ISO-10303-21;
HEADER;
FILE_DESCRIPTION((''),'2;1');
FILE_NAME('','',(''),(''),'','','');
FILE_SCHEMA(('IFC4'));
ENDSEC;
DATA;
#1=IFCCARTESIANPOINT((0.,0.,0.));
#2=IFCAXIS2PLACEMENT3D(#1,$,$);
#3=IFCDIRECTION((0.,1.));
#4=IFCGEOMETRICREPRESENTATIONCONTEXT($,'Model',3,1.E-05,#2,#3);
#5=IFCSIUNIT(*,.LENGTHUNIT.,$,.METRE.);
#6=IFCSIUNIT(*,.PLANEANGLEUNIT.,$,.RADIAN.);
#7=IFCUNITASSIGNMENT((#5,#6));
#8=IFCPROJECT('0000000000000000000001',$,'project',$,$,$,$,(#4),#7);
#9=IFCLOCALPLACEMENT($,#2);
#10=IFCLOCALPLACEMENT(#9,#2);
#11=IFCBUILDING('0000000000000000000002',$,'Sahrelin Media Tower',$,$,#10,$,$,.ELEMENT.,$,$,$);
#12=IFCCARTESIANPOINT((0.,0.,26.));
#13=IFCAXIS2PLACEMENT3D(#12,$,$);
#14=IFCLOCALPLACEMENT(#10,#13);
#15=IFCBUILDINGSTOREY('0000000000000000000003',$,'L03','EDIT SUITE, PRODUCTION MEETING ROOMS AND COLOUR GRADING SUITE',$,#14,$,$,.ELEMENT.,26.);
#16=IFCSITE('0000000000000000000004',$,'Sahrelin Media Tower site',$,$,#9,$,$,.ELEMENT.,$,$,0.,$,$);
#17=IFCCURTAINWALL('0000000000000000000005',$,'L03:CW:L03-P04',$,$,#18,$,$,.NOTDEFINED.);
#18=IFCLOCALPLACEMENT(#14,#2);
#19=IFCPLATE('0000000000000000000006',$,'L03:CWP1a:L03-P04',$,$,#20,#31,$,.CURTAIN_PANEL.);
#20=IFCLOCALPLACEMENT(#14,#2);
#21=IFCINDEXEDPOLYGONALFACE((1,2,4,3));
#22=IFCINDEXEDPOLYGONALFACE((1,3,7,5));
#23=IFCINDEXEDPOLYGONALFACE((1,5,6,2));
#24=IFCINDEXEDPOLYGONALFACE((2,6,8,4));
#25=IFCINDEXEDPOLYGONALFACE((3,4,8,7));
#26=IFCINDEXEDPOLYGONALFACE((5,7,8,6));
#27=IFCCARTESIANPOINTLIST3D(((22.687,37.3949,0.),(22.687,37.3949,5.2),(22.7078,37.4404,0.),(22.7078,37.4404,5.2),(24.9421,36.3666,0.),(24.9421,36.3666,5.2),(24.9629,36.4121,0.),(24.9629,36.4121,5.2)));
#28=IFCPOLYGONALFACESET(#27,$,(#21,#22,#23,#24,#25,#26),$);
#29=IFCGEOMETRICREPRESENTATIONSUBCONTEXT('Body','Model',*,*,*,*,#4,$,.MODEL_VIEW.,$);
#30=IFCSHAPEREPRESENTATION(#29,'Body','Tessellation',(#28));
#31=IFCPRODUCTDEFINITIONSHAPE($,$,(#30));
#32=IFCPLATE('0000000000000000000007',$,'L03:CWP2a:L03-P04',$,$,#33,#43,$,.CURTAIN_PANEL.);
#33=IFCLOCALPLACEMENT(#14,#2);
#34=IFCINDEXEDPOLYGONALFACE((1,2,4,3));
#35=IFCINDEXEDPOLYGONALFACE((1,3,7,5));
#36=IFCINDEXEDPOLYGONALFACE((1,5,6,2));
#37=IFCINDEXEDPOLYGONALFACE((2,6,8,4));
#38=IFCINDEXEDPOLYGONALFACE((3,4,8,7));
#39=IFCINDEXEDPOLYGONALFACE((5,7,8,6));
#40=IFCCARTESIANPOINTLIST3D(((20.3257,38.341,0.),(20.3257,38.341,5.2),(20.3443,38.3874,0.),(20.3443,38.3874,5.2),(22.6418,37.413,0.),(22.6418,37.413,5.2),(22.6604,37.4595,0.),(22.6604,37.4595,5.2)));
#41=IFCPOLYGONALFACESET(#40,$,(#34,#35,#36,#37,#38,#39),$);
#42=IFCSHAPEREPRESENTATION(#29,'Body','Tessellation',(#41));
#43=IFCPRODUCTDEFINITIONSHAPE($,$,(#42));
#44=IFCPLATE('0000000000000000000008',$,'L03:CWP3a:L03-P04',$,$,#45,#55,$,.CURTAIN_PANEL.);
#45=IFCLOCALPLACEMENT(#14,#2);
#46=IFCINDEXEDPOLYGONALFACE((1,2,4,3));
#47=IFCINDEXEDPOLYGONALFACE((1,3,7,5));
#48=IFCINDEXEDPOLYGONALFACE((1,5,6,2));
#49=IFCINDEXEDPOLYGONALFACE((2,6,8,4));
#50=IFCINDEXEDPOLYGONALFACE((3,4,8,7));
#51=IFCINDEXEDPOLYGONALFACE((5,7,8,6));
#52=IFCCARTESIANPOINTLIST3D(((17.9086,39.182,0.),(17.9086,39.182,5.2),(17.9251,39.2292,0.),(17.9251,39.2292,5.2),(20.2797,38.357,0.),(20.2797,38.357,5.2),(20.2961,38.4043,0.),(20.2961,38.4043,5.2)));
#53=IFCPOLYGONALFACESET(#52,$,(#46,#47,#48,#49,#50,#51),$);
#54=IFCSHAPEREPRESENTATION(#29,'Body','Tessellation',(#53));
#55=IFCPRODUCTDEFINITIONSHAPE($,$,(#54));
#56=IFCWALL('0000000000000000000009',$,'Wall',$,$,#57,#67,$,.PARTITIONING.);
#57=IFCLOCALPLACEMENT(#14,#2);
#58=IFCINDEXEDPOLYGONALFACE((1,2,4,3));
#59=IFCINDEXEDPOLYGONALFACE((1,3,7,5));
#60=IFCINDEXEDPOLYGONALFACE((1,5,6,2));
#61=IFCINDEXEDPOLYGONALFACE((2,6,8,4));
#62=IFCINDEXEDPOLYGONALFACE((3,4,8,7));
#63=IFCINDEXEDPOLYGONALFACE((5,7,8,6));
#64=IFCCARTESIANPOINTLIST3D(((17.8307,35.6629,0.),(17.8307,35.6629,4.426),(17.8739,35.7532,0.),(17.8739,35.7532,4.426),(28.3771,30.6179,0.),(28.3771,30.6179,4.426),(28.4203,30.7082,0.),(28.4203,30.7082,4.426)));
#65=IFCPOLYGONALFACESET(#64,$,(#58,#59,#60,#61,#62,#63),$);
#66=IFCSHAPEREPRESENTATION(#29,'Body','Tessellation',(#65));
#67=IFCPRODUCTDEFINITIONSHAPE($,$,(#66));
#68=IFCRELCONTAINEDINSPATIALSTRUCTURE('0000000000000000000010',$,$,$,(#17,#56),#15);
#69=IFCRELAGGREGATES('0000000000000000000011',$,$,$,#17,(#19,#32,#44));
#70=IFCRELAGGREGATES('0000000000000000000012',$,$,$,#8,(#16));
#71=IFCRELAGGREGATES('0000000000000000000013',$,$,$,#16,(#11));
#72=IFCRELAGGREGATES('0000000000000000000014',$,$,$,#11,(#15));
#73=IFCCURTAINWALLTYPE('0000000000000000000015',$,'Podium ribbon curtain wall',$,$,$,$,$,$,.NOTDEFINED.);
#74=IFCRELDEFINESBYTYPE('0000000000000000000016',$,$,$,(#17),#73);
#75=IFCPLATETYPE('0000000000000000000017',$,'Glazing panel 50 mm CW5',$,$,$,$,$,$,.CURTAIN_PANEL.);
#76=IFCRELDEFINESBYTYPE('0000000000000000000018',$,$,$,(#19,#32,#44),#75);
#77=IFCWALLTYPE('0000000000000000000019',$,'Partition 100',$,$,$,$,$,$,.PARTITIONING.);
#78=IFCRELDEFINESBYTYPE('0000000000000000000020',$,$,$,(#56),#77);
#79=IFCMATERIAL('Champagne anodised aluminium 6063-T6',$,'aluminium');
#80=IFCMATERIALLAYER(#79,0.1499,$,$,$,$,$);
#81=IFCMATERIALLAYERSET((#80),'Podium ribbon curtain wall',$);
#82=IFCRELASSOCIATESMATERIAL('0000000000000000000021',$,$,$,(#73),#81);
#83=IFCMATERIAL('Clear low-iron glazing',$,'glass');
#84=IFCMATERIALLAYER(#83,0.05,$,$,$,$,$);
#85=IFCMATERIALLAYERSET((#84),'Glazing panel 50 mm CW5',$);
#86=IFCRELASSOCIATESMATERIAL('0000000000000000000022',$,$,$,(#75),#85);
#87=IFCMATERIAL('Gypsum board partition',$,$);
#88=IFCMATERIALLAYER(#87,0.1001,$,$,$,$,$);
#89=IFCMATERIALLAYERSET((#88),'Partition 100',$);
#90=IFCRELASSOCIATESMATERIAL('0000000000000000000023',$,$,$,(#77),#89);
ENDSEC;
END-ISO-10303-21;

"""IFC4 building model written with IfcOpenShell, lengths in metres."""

from ifc_helpers import new_model, si_unit, direction, frame, frame_2d, origin, place, context, subcontext, project, spatial, polyline, rectangle, outline, extrude, material, layer, layer_set, type_object, element, aggregate, save


model = new_model("IFC4")

# Units and contexts
model_context = context("Model", 3, precision=1e-05, world=origin(), true_north=direction((0.0, 1.0)))
body_context = subcontext(model_context, "Body", "Model", "MODEL_VIEW")
ifc_project = project(units=[si_unit("LENGTHUNIT", "METRE"), si_unit("PLANEANGLEUNIT", "RADIAN")], contexts=[model_context])

# Site, building, storey
site_placement = place(None, origin())
site = spatial("IfcSite", under=ifc_project, at=site_placement, Name="Sahrelin Media Tower site", CompositionType="ELEMENT", RefElevation=0.0)
building_placement = place(site_placement, origin())
building = spatial("IfcBuilding", under=site, at=building_placement, Name="Sahrelin Media Tower", CompositionType="ELEMENT")
storey_placement = place(building_placement, frame((0.0, 0.0, 26.0)))
storey = spatial("IfcBuildingStorey", under=building, at=storey_placement, Name="L03", Description="EDIT SUITE, PRODUCTION MEETING ROOMS AND COLOUR GRADING SUITE", CompositionType="ELEMENT", Elevation=26.0)

# Curtain wall
ifc_material_1 = material(Name="Champagne anodised aluminium 6063-T6", Category="aluminium")
ifc_layer_1 = layer(ifc_material_1, 0.1499)
ifc_layer_set_1 = layer_set([ifc_layer_1], Name="Podium ribbon curtain wall")
curtain_wall_type = type_object("IfcCurtainWallType", Name="Podium ribbon curtain wall", PredefinedType="NOTDEFINED", material=ifc_layer_set_1)
curtain_wall_1_placement = place(storey_placement, frame((25.0, 36.373, 0.0), z_axis=(0.0, 0.0, 1.0), x_axis=(1.0, 0.0, 0.0)))
curtain_wall_1 = element("IfcCurtainWall", 1, at=curtain_wall_1_placement, inside=storey, type_object=curtain_wall_type, Name="L03:CW:L03-P04", PredefinedType="NOTDEFINED")

# Plates
ifc_material_2 = material(Name="Clear low-iron glazing", Category="glass")
ifc_layer_2 = layer(ifc_material_2, 0.05)
ifc_layer_set_2 = layer_set([ifc_layer_2], Name="Glazing panel 50 mm CW5")
plate_type = type_object("IfcPlateType", Name="Glazing panel 50 mm CW5", PredefinedType="CURTAIN_PANEL", material=ifc_layer_set_2)
plate_1_placement = place(storey_placement, frame((24.9629, 36.4121, 0.0), z_axis=(0.414894, 0.90987, 0.0), x_axis=(-0.90987, 0.414894, 0.0)))
plate_1 = element("IfcPlate", 2, at=plate_1_placement, type_object=plate_type, Name="L03:CWP1a:L03-P04", PredefinedType="CURTAIN_PANEL", context=body_context, shape_type="SweptSolid", body=[
    extrude(outline(polyline([(0.0, 0.0), (2.4785, 0.0), (2.4785, 5.2), (0.0, 5.2), (0.0, 0.0)])), origin(), (0.0, 0.0, -1.0), 0.05),
])
plate_2_placement = place(storey_placement, frame((22.6604, 37.4595, 0.0), z_axis=(0.371914, 0.928267, 0.0), x_axis=(-0.928267, 0.371914, 0.0)))
plate_2 = element("IfcPlate", 3, at=plate_2_placement, type_object=plate_type, Name="L03:CWP2a:L03-P04", PredefinedType="CURTAIN_PANEL", context=body_context, shape_type="SweptSolid", body=[
    extrude(outline(polyline([(0.0, 0.0), (2.4951, 0.0), (2.4951, 5.2), (0.0, 5.2), (0.0, 0.0)])), origin(), (0.0, 0.0, -1.0), 0.05),
])
plate_3_placement = place(storey_placement, frame((20.2961, 38.4043, 0.0), z_axis=(0.3286, 0.944469, 0.0), x_axis=(-0.944469, 0.3286, 0.0)))
plate_3 = element("IfcPlate", 4, at=plate_3_placement, type_object=plate_type, Name="L03:CWP3a:L03-P04", PredefinedType="CURTAIN_PANEL", context=body_context, shape_type="SweptSolid", body=[
    extrude(outline(polyline([(0.0, 0.0), (2.5105, 0.0), (2.5105, 5.2), (0.0, 5.2), (0.0, 0.0)])), origin(), (0.0, 0.0, -1.0), 0.05),
])
aggregate(curtain_wall_1, [plate_1, plate_2, plate_3])

# Wall
ifc_material_3 = material(Name="Gypsum board partition")
ifc_layer_3 = layer(ifc_material_3, 0.1001)
ifc_layer_set_3 = layer_set([ifc_layer_3], Name="Partition 100")
wall_type = type_object("IfcWallType", Name="Partition 100", PredefinedType="PARTITIONING", material=ifc_layer_set_3)
wall_placement = place(storey_placement, frame((28.3987, 30.6631, 0.0), z_axis=(0.0, 0.0, 1.0), x_axis=(-0.902101, 0.431525, 0.0)))
element("IfcWall", 5, at=wall_placement, inside=storey, type_object=wall_type, Name="Wall", PredefinedType="PARTITIONING", context=body_context, shape_type="SweptSolid", body=[
    extrude(rectangle(XDim=11.6909, YDim=0.1001, at=frame_2d((5.8455, 0.0))), origin(), (0.0, 0.0, 1.0), 4.426),
])

save(model, "model.ifc")
